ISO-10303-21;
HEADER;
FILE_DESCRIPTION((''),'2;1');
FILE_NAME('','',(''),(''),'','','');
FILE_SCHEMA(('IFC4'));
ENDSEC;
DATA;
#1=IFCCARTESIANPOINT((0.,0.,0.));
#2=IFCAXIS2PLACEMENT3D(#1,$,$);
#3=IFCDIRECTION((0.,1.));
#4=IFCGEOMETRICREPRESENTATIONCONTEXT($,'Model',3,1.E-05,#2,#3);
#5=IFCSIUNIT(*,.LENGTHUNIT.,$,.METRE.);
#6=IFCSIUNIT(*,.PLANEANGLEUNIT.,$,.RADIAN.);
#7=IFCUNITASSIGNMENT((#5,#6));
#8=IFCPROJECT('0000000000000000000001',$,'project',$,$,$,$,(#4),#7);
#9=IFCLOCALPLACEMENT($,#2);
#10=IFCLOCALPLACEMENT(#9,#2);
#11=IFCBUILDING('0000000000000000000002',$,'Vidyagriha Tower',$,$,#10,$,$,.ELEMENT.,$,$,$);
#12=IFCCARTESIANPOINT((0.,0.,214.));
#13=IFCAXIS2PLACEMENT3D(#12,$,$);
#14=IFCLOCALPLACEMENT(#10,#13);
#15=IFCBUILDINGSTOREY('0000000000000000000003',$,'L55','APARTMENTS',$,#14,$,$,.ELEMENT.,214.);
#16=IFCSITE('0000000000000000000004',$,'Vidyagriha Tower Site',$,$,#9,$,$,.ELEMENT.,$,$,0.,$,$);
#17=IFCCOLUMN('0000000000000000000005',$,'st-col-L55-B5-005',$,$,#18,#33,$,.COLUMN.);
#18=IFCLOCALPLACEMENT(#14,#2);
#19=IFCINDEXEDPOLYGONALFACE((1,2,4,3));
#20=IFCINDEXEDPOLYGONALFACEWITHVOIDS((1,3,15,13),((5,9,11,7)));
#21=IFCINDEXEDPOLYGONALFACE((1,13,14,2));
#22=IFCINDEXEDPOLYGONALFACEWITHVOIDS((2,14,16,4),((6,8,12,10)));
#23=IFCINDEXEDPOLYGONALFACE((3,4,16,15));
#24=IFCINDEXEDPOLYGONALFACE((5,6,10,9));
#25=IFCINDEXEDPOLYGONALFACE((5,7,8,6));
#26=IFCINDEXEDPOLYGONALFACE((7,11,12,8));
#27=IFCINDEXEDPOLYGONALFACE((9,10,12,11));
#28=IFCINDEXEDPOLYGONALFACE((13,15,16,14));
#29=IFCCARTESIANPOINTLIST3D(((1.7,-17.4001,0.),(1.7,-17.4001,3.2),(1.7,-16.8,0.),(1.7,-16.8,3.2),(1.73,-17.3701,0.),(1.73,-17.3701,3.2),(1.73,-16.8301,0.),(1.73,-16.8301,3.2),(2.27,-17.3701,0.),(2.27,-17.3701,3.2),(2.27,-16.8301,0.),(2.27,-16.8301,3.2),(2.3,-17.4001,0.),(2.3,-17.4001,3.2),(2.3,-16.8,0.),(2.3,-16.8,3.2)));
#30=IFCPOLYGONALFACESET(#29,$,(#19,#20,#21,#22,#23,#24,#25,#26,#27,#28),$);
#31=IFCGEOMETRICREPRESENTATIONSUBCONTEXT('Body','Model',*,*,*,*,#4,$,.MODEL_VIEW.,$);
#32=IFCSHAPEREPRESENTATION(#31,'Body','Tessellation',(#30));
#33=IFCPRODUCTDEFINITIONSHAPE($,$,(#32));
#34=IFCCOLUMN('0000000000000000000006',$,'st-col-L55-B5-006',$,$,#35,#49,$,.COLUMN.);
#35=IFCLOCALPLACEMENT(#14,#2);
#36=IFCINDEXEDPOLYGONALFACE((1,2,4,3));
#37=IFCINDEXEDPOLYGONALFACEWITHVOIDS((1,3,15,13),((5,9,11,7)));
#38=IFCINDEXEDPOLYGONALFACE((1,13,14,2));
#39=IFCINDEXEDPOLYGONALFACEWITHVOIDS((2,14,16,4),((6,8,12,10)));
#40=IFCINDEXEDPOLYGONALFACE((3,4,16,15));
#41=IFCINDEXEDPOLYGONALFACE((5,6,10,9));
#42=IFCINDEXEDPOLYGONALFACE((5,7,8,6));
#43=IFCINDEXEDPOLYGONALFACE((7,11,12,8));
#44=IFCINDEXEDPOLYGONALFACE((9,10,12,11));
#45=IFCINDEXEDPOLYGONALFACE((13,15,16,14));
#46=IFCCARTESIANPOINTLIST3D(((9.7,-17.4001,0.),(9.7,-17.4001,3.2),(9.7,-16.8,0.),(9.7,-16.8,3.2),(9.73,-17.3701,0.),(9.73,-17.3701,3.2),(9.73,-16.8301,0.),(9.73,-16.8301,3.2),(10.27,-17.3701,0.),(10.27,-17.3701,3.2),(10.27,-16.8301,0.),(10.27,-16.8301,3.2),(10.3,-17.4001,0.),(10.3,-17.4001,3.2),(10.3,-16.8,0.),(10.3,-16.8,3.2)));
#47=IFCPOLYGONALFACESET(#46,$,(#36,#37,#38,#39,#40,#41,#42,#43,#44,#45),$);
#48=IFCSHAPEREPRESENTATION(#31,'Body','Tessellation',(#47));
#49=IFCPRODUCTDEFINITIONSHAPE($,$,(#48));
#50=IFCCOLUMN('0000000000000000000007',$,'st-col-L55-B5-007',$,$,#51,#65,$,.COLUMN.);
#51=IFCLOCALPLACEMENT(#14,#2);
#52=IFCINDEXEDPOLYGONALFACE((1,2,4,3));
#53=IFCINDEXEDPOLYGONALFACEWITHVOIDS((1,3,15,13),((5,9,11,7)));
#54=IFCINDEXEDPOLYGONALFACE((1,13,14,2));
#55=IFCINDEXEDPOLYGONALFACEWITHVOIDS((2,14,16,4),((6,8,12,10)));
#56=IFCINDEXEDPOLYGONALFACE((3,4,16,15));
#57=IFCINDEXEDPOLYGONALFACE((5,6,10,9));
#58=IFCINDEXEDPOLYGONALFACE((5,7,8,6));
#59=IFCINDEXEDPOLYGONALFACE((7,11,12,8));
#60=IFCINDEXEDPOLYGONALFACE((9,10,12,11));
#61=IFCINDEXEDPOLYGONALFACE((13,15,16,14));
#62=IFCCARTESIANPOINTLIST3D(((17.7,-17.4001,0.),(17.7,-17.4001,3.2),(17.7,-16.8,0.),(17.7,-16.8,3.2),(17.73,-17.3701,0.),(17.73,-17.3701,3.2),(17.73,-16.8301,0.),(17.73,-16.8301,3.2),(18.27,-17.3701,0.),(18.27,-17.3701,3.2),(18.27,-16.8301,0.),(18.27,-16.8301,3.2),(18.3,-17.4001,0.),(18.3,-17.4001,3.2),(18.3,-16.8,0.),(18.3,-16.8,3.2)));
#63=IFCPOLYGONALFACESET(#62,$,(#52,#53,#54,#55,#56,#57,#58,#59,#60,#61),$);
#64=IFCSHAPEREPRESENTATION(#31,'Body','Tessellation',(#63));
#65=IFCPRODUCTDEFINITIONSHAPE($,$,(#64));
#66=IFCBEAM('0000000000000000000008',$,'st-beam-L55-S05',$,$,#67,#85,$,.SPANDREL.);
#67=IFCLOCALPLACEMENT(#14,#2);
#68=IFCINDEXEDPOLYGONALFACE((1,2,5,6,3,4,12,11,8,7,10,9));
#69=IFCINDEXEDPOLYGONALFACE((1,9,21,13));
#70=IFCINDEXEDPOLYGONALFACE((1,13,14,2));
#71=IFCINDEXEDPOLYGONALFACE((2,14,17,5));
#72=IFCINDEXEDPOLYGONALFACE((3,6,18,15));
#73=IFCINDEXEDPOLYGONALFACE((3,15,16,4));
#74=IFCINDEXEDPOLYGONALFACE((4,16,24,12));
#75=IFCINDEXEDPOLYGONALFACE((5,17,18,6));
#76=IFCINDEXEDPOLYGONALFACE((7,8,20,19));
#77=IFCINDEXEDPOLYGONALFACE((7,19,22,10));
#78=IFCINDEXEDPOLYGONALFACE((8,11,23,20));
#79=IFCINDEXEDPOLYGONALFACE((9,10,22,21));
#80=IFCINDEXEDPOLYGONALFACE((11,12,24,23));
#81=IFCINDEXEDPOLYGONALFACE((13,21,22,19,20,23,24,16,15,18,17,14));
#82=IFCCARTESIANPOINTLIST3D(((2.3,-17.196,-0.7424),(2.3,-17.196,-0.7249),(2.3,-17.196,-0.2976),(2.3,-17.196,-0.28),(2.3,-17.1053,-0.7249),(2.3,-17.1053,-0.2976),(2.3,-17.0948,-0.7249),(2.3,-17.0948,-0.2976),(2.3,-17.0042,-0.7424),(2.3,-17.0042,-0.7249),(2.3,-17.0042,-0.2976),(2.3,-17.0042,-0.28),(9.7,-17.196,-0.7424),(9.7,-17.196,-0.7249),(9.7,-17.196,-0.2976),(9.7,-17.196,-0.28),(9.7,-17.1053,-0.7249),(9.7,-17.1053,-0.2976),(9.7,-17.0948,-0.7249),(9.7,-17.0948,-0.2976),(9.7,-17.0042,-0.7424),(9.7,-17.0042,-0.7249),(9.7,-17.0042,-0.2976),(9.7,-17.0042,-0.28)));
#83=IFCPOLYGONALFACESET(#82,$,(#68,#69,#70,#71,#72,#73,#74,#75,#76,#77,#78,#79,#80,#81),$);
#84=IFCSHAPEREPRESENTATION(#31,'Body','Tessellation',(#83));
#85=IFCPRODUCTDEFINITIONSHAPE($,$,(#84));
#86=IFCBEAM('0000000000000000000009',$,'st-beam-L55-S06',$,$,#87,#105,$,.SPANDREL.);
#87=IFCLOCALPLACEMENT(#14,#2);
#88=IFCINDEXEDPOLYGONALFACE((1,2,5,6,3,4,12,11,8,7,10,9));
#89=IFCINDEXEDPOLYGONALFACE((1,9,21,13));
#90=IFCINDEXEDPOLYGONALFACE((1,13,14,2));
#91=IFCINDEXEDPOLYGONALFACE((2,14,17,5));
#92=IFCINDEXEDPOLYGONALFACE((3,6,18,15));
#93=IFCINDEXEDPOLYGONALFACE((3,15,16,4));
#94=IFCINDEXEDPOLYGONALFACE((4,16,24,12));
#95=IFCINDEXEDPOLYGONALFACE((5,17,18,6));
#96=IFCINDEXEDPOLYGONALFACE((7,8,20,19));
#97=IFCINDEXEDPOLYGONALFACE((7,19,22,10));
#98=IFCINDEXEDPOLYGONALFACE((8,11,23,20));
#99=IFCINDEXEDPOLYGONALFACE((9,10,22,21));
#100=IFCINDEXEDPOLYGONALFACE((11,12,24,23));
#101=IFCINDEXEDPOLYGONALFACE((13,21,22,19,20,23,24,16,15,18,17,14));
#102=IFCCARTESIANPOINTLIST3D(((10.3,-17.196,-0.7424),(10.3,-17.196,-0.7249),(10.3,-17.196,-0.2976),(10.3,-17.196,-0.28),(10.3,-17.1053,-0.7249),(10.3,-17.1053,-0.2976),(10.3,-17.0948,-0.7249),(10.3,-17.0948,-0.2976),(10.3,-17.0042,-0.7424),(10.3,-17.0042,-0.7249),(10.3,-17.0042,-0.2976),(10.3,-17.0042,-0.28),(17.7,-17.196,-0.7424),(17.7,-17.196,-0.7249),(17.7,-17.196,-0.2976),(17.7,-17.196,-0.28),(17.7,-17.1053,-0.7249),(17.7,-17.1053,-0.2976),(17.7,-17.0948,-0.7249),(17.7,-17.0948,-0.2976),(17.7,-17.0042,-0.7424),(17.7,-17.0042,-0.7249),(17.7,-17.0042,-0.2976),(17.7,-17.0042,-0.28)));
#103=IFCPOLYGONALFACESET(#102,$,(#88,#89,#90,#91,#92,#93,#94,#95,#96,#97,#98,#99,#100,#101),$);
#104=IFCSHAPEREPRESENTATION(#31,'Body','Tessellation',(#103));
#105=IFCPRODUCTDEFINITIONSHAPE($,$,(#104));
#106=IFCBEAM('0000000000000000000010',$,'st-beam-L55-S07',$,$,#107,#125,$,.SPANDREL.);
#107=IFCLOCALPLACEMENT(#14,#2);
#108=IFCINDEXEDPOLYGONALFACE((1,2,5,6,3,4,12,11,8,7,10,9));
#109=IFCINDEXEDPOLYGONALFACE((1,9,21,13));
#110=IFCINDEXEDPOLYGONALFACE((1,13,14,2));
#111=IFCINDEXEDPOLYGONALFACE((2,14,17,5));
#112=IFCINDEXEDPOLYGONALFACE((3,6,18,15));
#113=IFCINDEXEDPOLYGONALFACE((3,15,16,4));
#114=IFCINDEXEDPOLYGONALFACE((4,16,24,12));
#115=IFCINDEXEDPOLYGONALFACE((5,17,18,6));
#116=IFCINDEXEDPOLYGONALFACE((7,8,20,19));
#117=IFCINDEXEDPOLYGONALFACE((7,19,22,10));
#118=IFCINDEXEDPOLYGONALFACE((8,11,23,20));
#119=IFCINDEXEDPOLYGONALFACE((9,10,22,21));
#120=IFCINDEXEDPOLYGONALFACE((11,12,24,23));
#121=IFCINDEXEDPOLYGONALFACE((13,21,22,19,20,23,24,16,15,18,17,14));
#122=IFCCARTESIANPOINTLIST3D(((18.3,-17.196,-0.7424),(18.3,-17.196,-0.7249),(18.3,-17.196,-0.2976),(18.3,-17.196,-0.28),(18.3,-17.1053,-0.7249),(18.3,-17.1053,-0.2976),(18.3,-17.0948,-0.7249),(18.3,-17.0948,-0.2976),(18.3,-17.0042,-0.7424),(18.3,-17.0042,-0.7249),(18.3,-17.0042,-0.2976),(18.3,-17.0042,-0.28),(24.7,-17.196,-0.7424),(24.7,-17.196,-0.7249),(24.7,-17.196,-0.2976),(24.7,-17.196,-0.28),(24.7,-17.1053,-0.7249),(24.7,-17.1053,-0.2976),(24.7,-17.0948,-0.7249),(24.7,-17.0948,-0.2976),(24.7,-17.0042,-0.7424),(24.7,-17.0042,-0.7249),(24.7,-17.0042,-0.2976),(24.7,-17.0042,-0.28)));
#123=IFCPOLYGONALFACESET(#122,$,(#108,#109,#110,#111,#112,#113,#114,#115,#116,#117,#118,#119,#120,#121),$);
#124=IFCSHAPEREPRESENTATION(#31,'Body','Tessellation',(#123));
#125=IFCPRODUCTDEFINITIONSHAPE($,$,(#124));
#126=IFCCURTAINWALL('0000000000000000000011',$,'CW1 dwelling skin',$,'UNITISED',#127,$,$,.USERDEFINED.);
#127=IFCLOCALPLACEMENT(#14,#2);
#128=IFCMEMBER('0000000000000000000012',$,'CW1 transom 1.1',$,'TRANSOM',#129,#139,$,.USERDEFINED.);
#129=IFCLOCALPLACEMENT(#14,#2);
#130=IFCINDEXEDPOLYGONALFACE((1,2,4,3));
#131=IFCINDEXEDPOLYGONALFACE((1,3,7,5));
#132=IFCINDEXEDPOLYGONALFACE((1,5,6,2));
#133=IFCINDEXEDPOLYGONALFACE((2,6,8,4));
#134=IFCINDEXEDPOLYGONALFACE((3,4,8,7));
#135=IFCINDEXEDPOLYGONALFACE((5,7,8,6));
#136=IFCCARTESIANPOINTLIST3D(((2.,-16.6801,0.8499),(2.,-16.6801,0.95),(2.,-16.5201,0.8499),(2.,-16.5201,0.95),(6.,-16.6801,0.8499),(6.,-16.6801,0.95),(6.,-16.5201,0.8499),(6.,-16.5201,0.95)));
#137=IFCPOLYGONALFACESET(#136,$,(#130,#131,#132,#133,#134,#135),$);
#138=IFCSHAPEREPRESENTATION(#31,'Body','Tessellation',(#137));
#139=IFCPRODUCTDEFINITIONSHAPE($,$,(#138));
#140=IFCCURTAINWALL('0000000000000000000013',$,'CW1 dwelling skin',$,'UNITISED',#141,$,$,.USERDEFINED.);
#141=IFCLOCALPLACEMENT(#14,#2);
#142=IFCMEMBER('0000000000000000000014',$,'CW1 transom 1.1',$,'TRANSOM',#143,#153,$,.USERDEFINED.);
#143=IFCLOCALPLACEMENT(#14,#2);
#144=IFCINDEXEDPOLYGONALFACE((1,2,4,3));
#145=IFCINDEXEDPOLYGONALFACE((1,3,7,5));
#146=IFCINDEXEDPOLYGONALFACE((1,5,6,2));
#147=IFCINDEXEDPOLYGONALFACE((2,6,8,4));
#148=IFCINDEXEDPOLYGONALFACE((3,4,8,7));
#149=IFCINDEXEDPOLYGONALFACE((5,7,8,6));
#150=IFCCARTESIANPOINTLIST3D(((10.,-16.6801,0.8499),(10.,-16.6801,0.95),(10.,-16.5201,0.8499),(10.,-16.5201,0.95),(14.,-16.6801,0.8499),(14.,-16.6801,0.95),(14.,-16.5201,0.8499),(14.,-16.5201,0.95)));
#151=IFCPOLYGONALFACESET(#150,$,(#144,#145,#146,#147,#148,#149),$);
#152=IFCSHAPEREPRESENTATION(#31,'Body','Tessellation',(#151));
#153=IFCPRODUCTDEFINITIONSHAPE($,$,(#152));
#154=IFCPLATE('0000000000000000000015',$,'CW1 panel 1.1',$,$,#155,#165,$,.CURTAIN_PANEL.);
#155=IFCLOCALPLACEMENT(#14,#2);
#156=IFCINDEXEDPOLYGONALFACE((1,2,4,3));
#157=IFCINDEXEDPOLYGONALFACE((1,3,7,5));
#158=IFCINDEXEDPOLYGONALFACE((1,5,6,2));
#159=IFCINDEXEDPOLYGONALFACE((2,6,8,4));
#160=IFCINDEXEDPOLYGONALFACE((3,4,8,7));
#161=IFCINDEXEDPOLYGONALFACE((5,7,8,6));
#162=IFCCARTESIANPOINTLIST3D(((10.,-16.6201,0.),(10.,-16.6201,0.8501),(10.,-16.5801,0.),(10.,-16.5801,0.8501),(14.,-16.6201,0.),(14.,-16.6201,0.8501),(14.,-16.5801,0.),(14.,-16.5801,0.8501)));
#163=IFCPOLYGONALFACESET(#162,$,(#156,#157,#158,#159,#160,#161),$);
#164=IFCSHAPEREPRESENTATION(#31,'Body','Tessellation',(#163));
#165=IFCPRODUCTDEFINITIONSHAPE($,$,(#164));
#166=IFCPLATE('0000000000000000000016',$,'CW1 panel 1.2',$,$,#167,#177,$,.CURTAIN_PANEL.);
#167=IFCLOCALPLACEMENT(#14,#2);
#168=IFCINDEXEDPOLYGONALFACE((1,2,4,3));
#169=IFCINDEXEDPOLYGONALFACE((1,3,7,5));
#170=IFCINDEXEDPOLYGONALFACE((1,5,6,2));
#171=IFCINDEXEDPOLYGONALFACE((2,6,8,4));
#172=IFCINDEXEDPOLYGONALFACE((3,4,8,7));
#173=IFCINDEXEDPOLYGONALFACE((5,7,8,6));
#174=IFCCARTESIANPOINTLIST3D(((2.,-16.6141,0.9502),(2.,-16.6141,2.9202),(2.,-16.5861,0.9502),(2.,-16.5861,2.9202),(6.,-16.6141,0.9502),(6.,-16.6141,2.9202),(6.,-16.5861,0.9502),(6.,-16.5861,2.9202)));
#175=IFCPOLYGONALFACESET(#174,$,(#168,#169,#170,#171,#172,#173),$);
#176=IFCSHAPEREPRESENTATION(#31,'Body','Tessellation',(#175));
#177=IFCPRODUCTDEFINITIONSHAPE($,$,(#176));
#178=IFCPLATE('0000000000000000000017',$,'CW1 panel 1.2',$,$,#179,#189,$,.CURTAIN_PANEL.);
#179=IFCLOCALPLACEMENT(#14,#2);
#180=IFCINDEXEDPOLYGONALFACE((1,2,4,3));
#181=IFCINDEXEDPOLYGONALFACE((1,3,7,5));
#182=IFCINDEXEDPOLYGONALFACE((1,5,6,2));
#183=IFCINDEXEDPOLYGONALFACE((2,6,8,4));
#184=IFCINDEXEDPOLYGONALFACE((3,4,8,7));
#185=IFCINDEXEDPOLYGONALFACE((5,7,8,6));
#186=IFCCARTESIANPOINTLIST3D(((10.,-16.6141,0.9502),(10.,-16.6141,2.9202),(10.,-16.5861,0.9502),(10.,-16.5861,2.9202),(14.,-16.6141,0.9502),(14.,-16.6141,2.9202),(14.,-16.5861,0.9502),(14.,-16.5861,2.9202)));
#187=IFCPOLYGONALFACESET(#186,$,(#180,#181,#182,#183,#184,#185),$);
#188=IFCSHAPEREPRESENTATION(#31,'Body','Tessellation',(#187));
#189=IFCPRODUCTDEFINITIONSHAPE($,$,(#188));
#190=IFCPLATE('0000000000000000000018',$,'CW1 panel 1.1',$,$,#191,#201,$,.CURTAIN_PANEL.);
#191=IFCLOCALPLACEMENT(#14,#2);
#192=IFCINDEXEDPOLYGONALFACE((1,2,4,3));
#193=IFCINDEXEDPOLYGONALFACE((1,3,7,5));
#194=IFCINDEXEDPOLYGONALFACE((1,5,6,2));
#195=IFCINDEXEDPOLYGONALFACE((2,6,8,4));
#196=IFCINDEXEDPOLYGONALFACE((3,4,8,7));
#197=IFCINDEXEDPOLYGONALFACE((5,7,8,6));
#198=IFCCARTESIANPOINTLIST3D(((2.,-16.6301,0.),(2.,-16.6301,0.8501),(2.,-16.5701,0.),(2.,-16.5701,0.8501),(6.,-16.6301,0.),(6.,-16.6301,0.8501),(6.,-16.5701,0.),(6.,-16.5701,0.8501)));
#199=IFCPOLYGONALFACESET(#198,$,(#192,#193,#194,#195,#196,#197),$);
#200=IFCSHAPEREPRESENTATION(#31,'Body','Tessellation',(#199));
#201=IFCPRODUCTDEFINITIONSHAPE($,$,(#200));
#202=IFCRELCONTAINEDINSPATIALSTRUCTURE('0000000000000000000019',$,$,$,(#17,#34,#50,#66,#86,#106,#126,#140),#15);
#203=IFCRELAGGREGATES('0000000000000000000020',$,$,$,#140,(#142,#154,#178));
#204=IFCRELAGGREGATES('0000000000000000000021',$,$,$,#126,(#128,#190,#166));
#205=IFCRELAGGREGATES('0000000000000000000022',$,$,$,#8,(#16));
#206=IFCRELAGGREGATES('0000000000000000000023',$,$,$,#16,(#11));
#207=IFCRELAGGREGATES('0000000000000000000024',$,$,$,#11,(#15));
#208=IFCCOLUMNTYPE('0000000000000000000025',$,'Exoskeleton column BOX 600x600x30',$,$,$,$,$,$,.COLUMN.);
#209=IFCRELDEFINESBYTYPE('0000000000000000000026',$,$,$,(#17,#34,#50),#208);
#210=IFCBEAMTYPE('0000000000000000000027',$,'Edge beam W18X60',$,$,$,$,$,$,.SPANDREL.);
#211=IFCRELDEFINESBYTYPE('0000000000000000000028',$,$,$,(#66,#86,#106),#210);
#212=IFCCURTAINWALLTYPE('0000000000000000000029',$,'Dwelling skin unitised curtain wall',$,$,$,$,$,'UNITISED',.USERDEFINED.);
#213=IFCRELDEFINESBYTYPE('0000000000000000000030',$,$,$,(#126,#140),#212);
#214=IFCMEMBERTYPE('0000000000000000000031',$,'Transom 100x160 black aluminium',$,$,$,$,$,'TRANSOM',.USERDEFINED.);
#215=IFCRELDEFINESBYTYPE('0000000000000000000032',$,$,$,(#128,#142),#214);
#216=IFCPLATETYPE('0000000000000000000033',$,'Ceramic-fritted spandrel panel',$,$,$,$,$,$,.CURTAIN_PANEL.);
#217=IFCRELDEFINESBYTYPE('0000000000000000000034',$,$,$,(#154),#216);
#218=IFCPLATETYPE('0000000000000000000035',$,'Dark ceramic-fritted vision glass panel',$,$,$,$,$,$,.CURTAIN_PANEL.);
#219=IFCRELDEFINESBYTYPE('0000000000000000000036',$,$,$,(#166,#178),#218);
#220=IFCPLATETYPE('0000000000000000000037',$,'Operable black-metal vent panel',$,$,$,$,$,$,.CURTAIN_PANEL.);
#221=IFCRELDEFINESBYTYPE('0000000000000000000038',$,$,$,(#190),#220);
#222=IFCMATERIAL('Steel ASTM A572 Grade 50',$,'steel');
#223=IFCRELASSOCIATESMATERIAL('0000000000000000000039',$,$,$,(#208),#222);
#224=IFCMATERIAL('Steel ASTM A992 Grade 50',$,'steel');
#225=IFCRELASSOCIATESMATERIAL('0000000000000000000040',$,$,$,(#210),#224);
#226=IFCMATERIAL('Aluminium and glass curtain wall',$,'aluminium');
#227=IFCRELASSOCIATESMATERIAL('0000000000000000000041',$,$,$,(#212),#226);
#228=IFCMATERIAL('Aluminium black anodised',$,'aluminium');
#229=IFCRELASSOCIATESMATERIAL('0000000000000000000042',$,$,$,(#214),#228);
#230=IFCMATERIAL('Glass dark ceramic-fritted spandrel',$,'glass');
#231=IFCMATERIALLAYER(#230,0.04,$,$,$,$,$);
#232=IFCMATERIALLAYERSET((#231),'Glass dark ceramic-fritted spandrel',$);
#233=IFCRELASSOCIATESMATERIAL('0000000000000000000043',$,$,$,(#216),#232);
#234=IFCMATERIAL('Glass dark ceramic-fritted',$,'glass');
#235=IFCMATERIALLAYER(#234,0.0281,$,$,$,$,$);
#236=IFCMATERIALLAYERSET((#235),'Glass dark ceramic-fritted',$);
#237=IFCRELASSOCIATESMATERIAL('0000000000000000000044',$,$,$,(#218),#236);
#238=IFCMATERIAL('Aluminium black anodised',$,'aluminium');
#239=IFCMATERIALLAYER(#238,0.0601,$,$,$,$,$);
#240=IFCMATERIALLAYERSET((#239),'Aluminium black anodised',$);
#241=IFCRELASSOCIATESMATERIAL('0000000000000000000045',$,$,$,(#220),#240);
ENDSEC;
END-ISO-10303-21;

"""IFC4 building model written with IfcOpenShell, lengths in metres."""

from ifc_helpers import new_model, si_unit, direction, frame, origin, origin_2d, place, context, subcontext, project, spatial, rectangle, hollow_rectangle, i_section, extrude, material, layer, layer_set, material_profile, profile_set, type_object, element, aggregate, save


model = new_model("IFC4")

# Units and contexts
model_context = context("Model", 3, precision=1e-05, world=origin(), true_north=direction((0.0, 1.0)))
body_context = subcontext(model_context, "Body", "Model", "MODEL_VIEW")
ifc_project = project(units=[si_unit("LENGTHUNIT", "METRE"), si_unit("PLANEANGLEUNIT", "RADIAN")], contexts=[model_context])

# Site, building, storey
site_placement = place(None, origin())
site = spatial("IfcSite", under=ifc_project, at=site_placement, Name="Vidyagriha Tower Site", CompositionType="ELEMENT", RefElevation=0.0)
building_placement = place(site_placement, origin())
building = spatial("IfcBuilding", under=site, at=building_placement, Name="Vidyagriha Tower", CompositionType="ELEMENT")
storey_placement = place(building_placement, frame((0.0, 0.0, 214.0)))
storey = spatial("IfcBuildingStorey", under=building, at=storey_placement, Name="L55", Description="APARTMENTS", CompositionType="ELEMENT", Elevation=214.0)

# Columns
ifc_material_1 = material(Name="Steel ASTM A572 Grade 50", Category="steel")
ifc_material_profile_1 = material_profile(ifc_material_1, hollow_rectangle(XDim=0.6001, YDim=0.6001, WallThickness=0.03, at=origin_2d()), Name="BOX 600x600x30")
ifc_profile_set_1 = profile_set([ifc_material_profile_1], Name="Steel ASTM A572 Grade 50")
column_type = type_object("IfcColumnType", Name="Exoskeleton column BOX 600x600x30", PredefinedType="COLUMN", material=ifc_profile_set_1)
for number, where, name in (
    (1, (2.0, -17.1001, 0.0), "st-col-L55-B5-005"),
    (2, (10.0, -17.1001, 0.0), "st-col-L55-B5-006"),
    (3, (18.0, -17.1001, 0.0), "st-col-L55-B5-007"),
):
    element("IfcColumn", number, at=place(storey_placement, frame(where)), inside=storey, type_object=column_type, Name=name, PredefinedType="COLUMN", context=body_context, shape_type="SweptSolid", body=[
        extrude(hollow_rectangle(XDim=0.6001, YDim=0.6001, WallThickness=0.03, at=origin_2d()), origin(), (0.0, 0.0, 1.0), 3.2),
    ])

# Beams
ifc_material_2 = material(Name="Steel ASTM A992 Grade 50", Category="steel")
ifc_material_profile_2 = material_profile(ifc_material_2, i_section(OverallWidth=0.1919, OverallDepth=0.4624, WebThickness=0.0105, FlangeThickness=0.0176, at=origin_2d()), Name="W18X60")
ifc_profile_set_2 = profile_set([ifc_material_profile_2], Name="Steel ASTM A992 Grade 50")
beam_type = type_object("IfcBeamType", Name="Edge beam W18X60", PredefinedType="SPANDREL", material=ifc_profile_set_2)
for number, where, z_axis, x_axis, name in (
    (4, (2.3, -17.1001, -0.5112), (1.0, 0.0, 0.0), (0.0, 1.0, 0.0), "st-beam-L55-S05"),
    (5, (10.3, -17.1001, -0.5112), (1.0, 0.0, 0.0), (0.0, 1.0, 0.0), "st-beam-L55-S06"),
):
    element("IfcBeam", number, at=place(storey_placement, frame(where, z_axis=z_axis, x_axis=x_axis)), inside=storey, type_object=beam_type, Name=name, PredefinedType="SPANDREL", context=body_context, shape_type="SweptSolid", body=[
        extrude(i_section(OverallWidth=0.1919, OverallDepth=0.4624, WebThickness=0.0105, FlangeThickness=0.0176, at=origin_2d()), origin(), (0.0, 0.0, 1.0), 7.3999),
    ])
beam_placement = place(storey_placement, frame((18.3, -17.1001, -0.5112), z_axis=(1.0, 0.0, 0.0), x_axis=(0.0, 1.0, 0.0)))
element("IfcBeam", 6, at=beam_placement, inside=storey, type_object=beam_type, Name="st-beam-L55-S07", PredefinedType="SPANDREL", context=body_context, shape_type="SweptSolid", body=[
    extrude(i_section(OverallWidth=0.1919, OverallDepth=0.4624, WebThickness=0.0105, FlangeThickness=0.0176, at=origin_2d()), origin(), (0.0, 0.0, 1.0), 6.3999),
])

# Curtain wall, member
ifc_material_3 = material(Name="Aluminium and glass curtain wall", Category="aluminium")
curtain_wall_type = type_object("IfcCurtainWallType", Name="Dwelling skin unitised curtain wall", ElementType="UNITISED", PredefinedType="USERDEFINED", material=ifc_material_3)
curtain_wall_1_placement = place(storey_placement, origin())
curtain_wall_1 = element("IfcCurtainWall", 7, at=curtain_wall_1_placement, inside=storey, type_object=curtain_wall_type, Name="CW1 dwelling skin", ObjectType="UNITISED", PredefinedType="USERDEFINED")
ifc_material_4 = material(Name="Aluminium black anodised", Category="aluminium")
ifc_material_profile_3 = material_profile(ifc_material_4, rectangle(XDim=0.1599, YDim=0.1001, at=origin_2d()), Name="Transom 100x160 black aluminium")
ifc_profile_set_3 = profile_set([ifc_material_profile_3], Name="Aluminium black anodised")
member_type = type_object("IfcMemberType", Name="Transom 100x160 black aluminium", ElementType="TRANSOM", PredefinedType="USERDEFINED", material=ifc_profile_set_3)
member_1_placement = place(storey_placement, frame((2.0, -16.6001, 0.8999), z_axis=(1.0, 0.0, 0.0), x_axis=(0.0, 1.0, 0.0)))
member_1 = element("IfcMember", 8, at=member_1_placement, type_object=member_type, Name="CW1 transom 1.1", ObjectType="TRANSOM", PredefinedType="USERDEFINED", context=body_context, shape_type="SweptSolid", body=[
    extrude(rectangle(XDim=0.1599, YDim=0.1001, at=origin_2d()), origin(), (0.0, 0.0, 1.0), 4.0),
])

# Curtain wall, member, plate
curtain_wall_2_placement = place(storey_placement, origin())
curtain_wall_2 = element("IfcCurtainWall", 9, at=curtain_wall_2_placement, inside=storey, type_object=curtain_wall_type, Name="CW1 dwelling skin", ObjectType="UNITISED", PredefinedType="USERDEFINED")
member_2_placement = place(storey_placement, frame((10.0, -16.6001, 0.8999), z_axis=(1.0, 0.0, 0.0), x_axis=(0.0, 1.0, 0.0)))
member_2 = element("IfcMember", 10, at=member_2_placement, type_object=member_type, Name="CW1 transom 1.1", ObjectType="TRANSOM", PredefinedType="USERDEFINED", context=body_context, shape_type="SweptSolid", body=[
    extrude(rectangle(XDim=0.1599, YDim=0.1001, at=origin_2d()), origin(), (0.0, 0.0, 1.0), 4.0),
])
ifc_material_5 = material(Name="Glass dark ceramic-fritted spandrel", Category="glass")
ifc_layer_1 = layer(ifc_material_5, 0.04)
ifc_layer_set_1 = layer_set([ifc_layer_1], Name="Glass dark ceramic-fritted spandrel")
plate_type_1 = type_object("IfcPlateType", Name="Ceramic-fritted spandrel panel", PredefinedType="CURTAIN_PANEL", material=ifc_layer_set_1)
plate_1_placement = place(storey_placement, frame((12.0, -16.6001, 0.0)))
plate_1 = element("IfcPlate", 11, at=plate_1_placement, type_object=plate_type_1, Name="CW1 panel 1.1", PredefinedType="CURTAIN_PANEL", context=body_context, shape_type="SweptSolid", body=[
    extrude(rectangle(XDim=4.0, YDim=0.04, at=origin_2d()), origin(), (0.0, 0.0, 1.0), 0.8501),
])

# Plates
ifc_material_6 = material(Name="Glass dark ceramic-fritted", Category="glass")
ifc_layer_2 = layer(ifc_material_6, 0.0281)
ifc_layer_set_2 = layer_set([ifc_layer_2], Name="Glass dark ceramic-fritted")
plate_type_2 = type_object("IfcPlateType", Name="Dark ceramic-fritted vision glass panel", PredefinedType="CURTAIN_PANEL", material=ifc_layer_set_2)
plate_2_placement = place(storey_placement, frame((4.0, -16.6001, 0.9502)))
plate_2 = element("IfcPlate", 12, at=plate_2_placement, type_object=plate_type_2, Name="CW1 panel 1.2", PredefinedType="CURTAIN_PANEL", context=body_context, shape_type="SweptSolid", body=[
    extrude(rectangle(XDim=4.0, YDim=0.0281, at=origin_2d()), origin(), (0.0, 0.0, 1.0), 1.97),
])
plate_3_placement = place(storey_placement, frame((12.0, -16.6001, 0.9502)))
plate_3 = element("IfcPlate", 13, at=plate_3_placement, type_object=plate_type_2, Name="CW1 panel 1.2", PredefinedType="CURTAIN_PANEL", context=body_context, shape_type="SweptSolid", body=[
    extrude(rectangle(XDim=4.0, YDim=0.0281, at=origin_2d()), origin(), (0.0, 0.0, 1.0), 1.97),
])
aggregate(curtain_wall_2, [member_2, plate_1, plate_3])
ifc_material_7 = material(Name="Aluminium black anodised", Category="aluminium")
ifc_layer_3 = layer(ifc_material_7, 0.0601)
ifc_layer_set_3 = layer_set([ifc_layer_3], Name="Aluminium black anodised")
plate_type_3 = type_object("IfcPlateType", Name="Operable black-metal vent panel", PredefinedType="CURTAIN_PANEL", material=ifc_layer_set_3)
plate_4_placement = place(storey_placement, frame((4.0, -16.6001, 0.0)))
plate_4 = element("IfcPlate", 14, at=plate_4_placement, type_object=plate_type_3, Name="CW1 panel 1.1", PredefinedType="CURTAIN_PANEL", context=body_context, shape_type="SweptSolid", body=[
    extrude(rectangle(XDim=4.0, YDim=0.0601, at=origin_2d()), origin(), (0.0, 0.0, 1.0), 0.8501),
])
aggregate(curtain_wall_1, [member_1, plate_4, plate_2])

save(model, "model.ifc")
